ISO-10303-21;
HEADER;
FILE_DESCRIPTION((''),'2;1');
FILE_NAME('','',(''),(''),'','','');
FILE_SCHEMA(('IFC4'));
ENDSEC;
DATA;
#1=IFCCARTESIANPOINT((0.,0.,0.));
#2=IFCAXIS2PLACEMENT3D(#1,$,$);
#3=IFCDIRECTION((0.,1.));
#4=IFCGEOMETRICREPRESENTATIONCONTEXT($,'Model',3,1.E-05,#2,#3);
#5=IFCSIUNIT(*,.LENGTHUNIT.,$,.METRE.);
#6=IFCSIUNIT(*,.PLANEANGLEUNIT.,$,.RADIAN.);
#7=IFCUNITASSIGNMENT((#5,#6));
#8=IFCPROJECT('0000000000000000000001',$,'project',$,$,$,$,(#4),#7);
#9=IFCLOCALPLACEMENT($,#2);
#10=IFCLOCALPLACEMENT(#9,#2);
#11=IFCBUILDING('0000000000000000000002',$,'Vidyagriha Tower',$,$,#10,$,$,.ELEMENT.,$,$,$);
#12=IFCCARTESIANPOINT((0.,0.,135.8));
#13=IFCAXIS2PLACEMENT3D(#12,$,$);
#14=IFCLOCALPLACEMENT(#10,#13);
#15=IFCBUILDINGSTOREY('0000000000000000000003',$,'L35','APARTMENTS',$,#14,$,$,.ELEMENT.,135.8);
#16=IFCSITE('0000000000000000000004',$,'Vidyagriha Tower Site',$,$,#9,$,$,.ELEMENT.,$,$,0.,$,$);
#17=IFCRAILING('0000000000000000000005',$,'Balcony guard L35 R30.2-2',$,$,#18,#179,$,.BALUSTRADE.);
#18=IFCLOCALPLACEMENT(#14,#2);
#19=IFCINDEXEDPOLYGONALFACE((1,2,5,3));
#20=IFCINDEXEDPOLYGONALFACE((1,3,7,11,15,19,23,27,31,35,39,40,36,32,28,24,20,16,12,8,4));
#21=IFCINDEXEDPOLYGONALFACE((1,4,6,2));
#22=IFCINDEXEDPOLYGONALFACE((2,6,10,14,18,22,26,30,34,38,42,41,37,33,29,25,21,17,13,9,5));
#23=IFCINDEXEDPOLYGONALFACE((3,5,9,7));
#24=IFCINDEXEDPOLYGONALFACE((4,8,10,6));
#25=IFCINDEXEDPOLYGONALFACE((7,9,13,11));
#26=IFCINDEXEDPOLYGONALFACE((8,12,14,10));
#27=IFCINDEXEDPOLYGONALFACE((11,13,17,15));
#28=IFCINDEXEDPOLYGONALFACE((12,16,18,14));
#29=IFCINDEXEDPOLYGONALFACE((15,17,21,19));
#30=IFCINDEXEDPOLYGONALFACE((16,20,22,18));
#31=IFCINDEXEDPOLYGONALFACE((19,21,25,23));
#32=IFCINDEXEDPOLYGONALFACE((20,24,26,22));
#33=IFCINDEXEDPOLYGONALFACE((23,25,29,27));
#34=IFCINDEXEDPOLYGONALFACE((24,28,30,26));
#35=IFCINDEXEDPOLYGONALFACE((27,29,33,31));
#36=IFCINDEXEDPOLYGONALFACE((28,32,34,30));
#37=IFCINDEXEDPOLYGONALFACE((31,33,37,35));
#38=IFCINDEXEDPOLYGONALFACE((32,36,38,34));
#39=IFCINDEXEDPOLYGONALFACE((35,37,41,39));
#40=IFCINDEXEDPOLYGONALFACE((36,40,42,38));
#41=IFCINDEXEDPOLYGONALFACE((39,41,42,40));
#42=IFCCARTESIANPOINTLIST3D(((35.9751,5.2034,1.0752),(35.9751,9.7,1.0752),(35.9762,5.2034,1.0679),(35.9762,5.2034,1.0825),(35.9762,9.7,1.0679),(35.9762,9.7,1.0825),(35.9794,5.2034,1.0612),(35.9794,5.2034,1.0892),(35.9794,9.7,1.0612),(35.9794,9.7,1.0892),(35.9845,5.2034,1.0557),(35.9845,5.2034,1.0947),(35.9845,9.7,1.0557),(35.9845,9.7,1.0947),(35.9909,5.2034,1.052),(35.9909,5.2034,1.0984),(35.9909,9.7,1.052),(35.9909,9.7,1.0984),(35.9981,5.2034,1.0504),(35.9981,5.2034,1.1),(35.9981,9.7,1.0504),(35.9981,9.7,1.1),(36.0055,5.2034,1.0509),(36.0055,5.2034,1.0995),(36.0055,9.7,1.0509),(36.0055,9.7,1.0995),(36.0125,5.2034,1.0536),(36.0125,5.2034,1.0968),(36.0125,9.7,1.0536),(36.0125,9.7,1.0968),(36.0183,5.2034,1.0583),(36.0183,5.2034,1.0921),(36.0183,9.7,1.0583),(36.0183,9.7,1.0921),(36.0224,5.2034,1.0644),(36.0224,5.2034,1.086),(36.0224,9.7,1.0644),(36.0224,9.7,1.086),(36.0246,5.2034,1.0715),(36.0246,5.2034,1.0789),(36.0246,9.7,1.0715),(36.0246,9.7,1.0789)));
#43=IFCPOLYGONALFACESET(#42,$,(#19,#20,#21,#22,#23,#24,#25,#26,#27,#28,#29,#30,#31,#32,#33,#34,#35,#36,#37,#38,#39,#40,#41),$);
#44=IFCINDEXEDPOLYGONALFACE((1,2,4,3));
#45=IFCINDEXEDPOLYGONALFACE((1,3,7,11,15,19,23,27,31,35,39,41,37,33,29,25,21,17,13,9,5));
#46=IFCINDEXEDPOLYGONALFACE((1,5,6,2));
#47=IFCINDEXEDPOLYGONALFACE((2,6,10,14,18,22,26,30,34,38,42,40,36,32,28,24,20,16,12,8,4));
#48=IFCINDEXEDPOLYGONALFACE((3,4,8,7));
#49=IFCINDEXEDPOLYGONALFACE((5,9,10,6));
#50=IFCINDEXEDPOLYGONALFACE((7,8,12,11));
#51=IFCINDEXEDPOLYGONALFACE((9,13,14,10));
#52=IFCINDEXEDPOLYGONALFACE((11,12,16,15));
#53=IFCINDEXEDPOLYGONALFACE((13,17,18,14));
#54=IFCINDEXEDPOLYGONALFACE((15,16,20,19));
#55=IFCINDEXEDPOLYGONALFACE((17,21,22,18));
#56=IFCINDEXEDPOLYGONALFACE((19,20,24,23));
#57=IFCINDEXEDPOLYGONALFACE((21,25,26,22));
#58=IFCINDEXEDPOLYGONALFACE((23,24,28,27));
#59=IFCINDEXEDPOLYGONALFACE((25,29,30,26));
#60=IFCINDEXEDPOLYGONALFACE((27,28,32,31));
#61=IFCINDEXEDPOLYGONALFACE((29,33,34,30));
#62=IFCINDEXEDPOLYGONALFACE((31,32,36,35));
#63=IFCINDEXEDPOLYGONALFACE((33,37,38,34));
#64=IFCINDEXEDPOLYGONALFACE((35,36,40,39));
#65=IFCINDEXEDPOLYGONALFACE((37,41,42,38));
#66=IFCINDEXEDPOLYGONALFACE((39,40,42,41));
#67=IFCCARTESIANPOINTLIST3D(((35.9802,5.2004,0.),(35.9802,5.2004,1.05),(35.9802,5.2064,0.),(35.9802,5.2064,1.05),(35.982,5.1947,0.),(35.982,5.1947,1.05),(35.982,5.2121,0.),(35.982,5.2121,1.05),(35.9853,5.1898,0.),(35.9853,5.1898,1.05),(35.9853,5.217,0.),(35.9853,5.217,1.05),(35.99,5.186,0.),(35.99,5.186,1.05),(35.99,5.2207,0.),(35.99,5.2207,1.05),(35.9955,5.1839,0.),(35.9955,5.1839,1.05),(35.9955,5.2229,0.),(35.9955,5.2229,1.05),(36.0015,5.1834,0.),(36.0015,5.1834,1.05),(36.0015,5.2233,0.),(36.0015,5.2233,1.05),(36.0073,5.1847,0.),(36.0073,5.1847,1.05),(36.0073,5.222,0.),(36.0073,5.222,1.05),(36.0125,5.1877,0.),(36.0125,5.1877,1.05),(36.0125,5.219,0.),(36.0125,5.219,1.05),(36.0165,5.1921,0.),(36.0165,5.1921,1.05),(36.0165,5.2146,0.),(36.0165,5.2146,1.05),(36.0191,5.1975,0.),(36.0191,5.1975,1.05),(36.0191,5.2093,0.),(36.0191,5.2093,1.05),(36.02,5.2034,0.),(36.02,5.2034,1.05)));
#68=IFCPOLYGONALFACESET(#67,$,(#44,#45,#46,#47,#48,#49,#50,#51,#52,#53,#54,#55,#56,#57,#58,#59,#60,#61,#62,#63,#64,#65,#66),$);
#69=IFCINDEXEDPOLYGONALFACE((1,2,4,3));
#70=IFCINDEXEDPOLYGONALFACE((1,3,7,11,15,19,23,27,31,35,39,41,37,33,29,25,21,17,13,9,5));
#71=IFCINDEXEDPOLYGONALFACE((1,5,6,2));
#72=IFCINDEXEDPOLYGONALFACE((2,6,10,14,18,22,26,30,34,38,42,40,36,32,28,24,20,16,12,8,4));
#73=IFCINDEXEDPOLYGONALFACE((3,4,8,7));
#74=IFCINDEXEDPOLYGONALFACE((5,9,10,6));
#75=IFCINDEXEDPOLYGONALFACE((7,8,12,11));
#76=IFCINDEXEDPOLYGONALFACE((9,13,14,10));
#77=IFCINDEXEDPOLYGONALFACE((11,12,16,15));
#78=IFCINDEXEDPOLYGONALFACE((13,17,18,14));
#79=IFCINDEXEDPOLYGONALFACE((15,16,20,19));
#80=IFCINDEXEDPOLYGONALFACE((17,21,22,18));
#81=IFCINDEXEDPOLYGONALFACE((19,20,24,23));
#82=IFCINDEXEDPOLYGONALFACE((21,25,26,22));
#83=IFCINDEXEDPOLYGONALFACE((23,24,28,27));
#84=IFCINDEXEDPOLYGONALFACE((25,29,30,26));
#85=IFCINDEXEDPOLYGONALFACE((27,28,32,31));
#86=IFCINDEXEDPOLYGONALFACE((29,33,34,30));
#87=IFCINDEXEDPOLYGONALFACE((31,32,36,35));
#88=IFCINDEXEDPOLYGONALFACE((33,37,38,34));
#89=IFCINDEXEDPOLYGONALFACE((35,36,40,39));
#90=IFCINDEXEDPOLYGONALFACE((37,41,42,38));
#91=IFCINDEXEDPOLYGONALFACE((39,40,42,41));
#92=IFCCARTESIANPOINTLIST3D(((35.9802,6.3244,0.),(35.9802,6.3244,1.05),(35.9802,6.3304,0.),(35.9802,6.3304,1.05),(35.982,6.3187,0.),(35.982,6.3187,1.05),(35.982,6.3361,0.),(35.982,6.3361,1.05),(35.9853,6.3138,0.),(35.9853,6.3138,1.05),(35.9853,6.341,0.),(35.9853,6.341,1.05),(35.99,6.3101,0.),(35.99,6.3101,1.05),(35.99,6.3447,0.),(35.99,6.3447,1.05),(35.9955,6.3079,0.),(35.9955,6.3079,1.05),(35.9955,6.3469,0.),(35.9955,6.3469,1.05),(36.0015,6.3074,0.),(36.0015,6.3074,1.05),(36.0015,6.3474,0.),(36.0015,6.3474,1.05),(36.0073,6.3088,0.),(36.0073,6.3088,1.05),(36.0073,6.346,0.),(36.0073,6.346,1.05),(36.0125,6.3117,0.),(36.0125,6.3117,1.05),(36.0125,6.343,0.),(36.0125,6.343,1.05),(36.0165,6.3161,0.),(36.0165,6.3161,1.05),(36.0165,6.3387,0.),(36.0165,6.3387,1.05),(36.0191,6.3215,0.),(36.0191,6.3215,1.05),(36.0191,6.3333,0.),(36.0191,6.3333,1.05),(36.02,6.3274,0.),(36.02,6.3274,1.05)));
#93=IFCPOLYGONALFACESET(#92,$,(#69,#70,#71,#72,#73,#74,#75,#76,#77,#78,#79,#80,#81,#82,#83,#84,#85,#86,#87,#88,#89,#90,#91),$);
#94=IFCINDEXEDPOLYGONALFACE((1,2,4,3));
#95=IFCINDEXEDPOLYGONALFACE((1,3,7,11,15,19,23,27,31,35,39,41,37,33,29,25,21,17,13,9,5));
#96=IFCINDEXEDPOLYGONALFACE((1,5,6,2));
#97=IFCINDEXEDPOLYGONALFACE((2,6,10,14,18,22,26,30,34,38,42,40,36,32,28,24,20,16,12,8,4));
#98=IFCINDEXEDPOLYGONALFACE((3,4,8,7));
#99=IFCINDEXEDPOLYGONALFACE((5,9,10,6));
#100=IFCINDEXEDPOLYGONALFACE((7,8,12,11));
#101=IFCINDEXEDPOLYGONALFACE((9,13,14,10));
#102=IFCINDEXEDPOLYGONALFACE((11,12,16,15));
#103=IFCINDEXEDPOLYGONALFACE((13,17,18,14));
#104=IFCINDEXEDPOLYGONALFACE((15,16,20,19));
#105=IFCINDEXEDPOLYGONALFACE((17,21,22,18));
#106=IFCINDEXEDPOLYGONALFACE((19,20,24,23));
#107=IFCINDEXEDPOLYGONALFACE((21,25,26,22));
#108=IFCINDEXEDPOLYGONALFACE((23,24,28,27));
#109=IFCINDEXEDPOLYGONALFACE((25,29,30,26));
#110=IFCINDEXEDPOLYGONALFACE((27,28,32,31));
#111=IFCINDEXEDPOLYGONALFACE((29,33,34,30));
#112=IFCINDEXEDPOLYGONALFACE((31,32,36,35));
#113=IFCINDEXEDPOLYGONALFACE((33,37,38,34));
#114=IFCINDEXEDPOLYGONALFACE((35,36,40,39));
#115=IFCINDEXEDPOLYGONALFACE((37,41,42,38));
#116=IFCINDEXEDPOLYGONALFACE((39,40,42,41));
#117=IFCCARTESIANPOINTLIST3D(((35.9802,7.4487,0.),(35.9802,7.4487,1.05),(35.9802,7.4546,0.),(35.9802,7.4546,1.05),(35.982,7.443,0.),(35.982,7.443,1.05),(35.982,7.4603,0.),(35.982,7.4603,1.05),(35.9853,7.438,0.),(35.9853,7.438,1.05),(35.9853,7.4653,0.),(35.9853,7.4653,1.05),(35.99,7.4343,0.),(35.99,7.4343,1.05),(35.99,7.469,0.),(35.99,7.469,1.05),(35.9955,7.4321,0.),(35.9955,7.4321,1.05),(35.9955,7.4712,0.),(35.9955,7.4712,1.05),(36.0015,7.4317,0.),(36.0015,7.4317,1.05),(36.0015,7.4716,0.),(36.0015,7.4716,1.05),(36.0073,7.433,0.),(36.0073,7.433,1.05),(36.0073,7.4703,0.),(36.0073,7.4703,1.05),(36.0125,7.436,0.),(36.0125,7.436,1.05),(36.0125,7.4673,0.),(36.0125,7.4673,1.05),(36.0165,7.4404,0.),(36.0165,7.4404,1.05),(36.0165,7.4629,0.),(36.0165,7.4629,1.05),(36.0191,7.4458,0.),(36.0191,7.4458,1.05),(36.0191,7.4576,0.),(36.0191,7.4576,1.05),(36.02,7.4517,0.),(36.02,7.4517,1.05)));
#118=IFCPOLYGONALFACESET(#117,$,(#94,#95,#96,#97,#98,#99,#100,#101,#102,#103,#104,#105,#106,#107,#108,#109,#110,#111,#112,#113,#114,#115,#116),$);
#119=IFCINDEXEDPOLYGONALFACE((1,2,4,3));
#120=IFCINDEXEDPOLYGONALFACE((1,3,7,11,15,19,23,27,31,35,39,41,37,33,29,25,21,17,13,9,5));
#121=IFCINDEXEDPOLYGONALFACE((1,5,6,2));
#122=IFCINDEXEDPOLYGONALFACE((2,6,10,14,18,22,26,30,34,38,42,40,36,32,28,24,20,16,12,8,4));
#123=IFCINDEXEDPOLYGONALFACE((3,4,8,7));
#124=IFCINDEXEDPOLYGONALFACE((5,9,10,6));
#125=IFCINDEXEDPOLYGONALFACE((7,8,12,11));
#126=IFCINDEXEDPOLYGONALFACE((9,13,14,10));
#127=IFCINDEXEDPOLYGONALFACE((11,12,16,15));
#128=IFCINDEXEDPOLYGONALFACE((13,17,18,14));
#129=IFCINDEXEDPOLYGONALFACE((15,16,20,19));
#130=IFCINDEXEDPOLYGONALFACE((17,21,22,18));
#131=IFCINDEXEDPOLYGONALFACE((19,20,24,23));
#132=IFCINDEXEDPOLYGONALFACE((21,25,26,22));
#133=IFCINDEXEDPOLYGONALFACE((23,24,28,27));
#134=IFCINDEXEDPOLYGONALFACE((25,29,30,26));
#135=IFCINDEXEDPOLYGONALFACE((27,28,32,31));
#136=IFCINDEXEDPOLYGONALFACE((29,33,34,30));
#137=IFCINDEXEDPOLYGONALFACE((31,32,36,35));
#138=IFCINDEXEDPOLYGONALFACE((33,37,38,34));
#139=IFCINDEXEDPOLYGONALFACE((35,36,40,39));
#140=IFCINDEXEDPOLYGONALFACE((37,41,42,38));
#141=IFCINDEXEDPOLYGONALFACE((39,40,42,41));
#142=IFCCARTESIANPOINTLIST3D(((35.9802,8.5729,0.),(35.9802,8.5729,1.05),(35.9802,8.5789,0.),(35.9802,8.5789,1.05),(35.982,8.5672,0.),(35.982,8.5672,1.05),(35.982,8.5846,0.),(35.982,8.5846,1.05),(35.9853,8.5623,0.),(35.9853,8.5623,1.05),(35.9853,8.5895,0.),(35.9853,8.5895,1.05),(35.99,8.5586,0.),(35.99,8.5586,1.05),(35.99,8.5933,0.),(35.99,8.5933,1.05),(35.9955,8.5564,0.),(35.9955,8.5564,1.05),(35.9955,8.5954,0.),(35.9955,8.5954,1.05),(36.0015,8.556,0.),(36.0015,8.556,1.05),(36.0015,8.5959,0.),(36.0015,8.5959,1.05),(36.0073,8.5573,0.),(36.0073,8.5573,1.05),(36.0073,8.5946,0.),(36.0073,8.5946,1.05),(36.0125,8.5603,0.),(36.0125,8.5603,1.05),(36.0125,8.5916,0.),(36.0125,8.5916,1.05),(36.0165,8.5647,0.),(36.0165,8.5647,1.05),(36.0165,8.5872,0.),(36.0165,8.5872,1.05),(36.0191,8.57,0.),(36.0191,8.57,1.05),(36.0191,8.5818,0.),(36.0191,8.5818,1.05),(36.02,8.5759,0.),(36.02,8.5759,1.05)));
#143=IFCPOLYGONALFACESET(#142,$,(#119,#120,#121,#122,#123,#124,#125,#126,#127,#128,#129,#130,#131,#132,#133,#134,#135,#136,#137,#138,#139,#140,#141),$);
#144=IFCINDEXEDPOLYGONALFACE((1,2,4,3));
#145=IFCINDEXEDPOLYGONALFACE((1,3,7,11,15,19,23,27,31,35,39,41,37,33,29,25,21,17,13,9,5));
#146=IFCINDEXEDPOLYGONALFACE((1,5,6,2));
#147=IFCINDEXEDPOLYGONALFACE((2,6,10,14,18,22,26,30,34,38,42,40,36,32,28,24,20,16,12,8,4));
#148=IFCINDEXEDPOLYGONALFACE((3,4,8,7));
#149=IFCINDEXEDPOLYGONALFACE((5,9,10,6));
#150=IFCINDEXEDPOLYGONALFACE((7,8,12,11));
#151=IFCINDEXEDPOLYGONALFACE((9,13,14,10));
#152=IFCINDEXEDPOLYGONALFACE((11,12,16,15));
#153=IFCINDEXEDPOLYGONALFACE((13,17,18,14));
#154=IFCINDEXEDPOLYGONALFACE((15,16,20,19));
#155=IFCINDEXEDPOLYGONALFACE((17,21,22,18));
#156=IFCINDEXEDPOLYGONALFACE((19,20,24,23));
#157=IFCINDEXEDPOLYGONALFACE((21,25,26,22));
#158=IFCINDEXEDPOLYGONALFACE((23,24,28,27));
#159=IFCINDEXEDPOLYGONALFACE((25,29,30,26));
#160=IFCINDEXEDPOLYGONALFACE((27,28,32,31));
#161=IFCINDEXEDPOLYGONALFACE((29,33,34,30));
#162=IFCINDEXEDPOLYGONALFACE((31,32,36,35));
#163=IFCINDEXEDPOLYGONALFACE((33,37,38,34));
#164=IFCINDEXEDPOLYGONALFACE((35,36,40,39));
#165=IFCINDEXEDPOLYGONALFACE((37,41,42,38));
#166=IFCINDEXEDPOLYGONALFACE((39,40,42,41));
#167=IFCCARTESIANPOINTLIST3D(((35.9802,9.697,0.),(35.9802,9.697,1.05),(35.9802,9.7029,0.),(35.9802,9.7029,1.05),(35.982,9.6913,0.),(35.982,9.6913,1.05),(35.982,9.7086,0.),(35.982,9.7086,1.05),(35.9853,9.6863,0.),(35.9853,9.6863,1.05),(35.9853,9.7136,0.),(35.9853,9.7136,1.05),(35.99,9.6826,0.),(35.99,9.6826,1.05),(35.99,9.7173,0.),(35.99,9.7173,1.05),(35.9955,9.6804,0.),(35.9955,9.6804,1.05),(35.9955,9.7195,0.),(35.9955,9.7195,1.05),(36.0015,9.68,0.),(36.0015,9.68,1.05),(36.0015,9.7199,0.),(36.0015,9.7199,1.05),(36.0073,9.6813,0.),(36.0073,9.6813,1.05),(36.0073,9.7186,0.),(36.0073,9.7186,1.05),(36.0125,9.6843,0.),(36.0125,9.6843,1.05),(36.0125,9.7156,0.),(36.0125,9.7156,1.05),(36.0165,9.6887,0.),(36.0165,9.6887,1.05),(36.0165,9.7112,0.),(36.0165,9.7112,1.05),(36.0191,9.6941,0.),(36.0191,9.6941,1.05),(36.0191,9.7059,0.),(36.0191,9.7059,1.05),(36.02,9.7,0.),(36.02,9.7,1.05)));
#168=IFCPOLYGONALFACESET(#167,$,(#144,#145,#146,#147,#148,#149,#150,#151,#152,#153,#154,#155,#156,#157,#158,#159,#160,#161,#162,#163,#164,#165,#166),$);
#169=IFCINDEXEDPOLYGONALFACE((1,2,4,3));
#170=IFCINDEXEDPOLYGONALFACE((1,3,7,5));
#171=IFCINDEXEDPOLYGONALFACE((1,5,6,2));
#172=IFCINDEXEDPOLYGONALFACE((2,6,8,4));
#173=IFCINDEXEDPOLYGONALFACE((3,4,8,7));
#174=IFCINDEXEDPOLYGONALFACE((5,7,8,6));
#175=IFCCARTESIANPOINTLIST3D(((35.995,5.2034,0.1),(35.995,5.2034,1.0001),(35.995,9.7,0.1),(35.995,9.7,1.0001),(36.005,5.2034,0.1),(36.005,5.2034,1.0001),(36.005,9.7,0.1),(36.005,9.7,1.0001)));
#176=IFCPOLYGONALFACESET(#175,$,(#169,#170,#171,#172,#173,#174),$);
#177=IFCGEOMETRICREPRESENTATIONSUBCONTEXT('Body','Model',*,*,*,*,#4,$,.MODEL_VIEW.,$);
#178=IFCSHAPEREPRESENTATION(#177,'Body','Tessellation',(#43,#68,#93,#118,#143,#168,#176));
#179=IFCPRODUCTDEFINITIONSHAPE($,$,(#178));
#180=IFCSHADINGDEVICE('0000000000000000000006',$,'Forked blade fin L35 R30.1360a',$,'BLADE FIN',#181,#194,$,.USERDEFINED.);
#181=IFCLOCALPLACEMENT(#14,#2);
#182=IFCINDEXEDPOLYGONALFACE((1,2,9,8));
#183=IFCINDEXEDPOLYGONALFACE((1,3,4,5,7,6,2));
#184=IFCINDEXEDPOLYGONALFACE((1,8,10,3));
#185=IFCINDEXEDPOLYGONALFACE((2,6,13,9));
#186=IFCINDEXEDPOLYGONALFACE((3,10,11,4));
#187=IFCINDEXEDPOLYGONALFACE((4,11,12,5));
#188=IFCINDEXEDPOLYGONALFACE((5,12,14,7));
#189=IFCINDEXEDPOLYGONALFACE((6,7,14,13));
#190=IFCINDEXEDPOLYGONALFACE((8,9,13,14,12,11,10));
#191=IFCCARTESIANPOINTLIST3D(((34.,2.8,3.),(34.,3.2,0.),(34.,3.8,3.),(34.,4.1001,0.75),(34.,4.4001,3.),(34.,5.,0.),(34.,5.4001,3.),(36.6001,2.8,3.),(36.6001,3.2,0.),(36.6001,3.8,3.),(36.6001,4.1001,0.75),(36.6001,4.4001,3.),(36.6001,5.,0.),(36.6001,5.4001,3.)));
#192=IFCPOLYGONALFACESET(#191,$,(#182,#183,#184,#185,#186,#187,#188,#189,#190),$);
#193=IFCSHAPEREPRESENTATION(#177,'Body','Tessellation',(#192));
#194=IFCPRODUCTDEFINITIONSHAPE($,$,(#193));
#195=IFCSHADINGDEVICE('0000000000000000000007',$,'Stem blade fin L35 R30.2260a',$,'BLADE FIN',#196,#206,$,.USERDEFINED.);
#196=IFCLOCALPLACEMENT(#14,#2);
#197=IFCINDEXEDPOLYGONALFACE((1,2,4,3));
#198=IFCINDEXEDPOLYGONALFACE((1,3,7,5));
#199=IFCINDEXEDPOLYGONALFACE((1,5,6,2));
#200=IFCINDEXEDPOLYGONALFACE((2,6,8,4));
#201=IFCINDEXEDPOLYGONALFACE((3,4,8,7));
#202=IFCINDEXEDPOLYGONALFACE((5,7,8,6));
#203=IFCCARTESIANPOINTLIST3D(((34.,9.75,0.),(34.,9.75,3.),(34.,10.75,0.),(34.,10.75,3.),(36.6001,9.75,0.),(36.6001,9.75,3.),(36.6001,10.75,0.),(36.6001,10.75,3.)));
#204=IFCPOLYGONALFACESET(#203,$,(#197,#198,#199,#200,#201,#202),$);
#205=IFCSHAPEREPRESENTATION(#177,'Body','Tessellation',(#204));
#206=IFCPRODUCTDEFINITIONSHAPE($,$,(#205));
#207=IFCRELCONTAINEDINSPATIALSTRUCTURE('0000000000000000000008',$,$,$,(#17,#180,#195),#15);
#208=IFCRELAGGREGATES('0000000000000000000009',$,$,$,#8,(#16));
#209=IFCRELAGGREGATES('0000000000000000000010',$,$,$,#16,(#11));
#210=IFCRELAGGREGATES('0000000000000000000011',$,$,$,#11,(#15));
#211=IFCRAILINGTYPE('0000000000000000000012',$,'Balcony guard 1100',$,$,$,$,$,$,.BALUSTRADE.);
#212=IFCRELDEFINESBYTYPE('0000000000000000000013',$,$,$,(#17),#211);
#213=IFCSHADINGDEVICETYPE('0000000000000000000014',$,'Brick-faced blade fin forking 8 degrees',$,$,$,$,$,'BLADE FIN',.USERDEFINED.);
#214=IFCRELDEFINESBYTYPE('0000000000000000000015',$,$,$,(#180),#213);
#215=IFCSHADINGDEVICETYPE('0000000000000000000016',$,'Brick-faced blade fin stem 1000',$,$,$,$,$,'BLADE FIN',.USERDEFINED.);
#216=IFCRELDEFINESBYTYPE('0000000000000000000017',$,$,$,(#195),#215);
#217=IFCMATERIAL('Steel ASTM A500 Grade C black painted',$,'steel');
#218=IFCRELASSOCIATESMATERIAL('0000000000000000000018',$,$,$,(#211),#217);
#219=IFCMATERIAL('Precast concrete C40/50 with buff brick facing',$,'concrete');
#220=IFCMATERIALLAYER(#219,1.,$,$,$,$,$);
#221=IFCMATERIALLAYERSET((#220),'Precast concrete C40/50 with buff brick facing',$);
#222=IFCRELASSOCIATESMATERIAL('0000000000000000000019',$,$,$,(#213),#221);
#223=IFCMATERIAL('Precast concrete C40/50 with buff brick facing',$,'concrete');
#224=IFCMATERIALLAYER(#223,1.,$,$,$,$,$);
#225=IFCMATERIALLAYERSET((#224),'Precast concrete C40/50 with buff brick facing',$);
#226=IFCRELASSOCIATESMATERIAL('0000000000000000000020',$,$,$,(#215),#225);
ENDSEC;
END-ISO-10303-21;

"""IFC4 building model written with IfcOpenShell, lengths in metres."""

from ifc_helpers import new_model, si_unit, direction, frame, origin, origin_2d, place, context, subcontext, project, spatial, polyline, rectangle, circle, outline, extrude, material, layer, layer_set, type_object, element, save


model = new_model("IFC4")

# Units and contexts
model_context = context("Model", 3, precision=1e-05, world=origin(), true_north=direction((0.0, 1.0)))
body_context = subcontext(model_context, "Body", "Model", "MODEL_VIEW")
ifc_project = project(units=[si_unit("LENGTHUNIT", "METRE"), si_unit("PLANEANGLEUNIT", "RADIAN")], contexts=[model_context])

# Site, building, storey
site_placement = place(None, origin())
site = spatial("IfcSite", under=ifc_project, at=site_placement, Name="Vidyagriha Tower Site", CompositionType="ELEMENT", RefElevation=0.0)
building_placement = place(site_placement, origin())
building = spatial("IfcBuilding", under=site, at=building_placement, Name="Vidyagriha Tower", CompositionType="ELEMENT")
storey_placement = place(building_placement, frame((0.0, 0.0, 135.8)))
storey = spatial("IfcBuildingStorey", under=building, at=storey_placement, Name="L35", Description="APARTMENTS", CompositionType="ELEMENT", Elevation=135.8)

# Railing
ifc_material_1 = material(Name="Steel ASTM A500 Grade C black painted", Category="steel")
railing_type_1 = type_object("IfcRailingType", Name="Balcony guard 1100", PredefinedType="BALUSTRADE", material=ifc_material_1)
railing_1_placement = place(storey_placement, frame((36.0, 5.2034, 0.0)))
element("IfcRailing", 1, at=railing_1_placement, inside=storey, type_object=railing_type_1, Name="Balcony guard L35 R30.2-2", PredefinedType="BALUSTRADE", context=body_context, shape_type="SweptSolid", body=[
    extrude(circle(Radius=0.0249, at=origin_2d()), frame((0.0, 0.0, 1.0752), z_axis=(0.0, 1.0, 0.0), x_axis=(-1.0, 0.0, 0.0)), (0.0, 0.0, 1.0), 4.4966),
    extrude(circle(Radius=0.02, at=origin_2d()), origin(), (0.0, 0.0, 1.0), 1.05),
    extrude(circle(Radius=0.02, at=origin_2d()), frame((0.0, 1.124, 0.0)), (0.0, 0.0, 1.0), 1.05),
    extrude(circle(Radius=0.02, at=origin_2d()), frame((0.0, 2.2483, 0.0)), (0.0, 0.0, 1.0), 1.05),
    extrude(circle(Radius=0.02, at=origin_2d()), frame((0.0, 3.3726, 0.0)), (0.0, 0.0, 1.0), 1.05),
    extrude(circle(Radius=0.02, at=origin_2d()), frame((0.0, 4.4966, 0.0)), (0.0, 0.0, 1.0), 1.05),
    extrude(rectangle(XDim=0.01, YDim=0.9001, at=origin_2d()), frame((0.0, 0.0, 0.55), z_axis=(0.0, 1.0, 0.0), x_axis=(-1.0, 0.0, 0.0)), (0.0, 0.0, 1.0), 4.4966),
])

# Shading devices
ifc_material_2 = material(Name="Precast concrete C40/50 with buff brick facing", Category="concrete")
ifc_layer_1 = layer(ifc_material_2, 1.0)
ifc_layer_set_1 = layer_set([ifc_layer_1], Name="Precast concrete C40/50 with buff brick facing")
shading_device_type_1 = type_object("IfcShadingDeviceType", Name="Brick-faced blade fin forking 8 degrees", ElementType="BLADE FIN", PredefinedType="USERDEFINED", material=ifc_layer_set_1)
shading_device_1_placement = place(storey_placement, frame((35.3, 2.8, 0.0), z_axis=(0.0, 0.0, 1.0), x_axis=(0.0, 1.0, 0.0)))
element("IfcShadingDevice", 2, at=shading_device_1_placement, inside=storey, type_object=shading_device_type_1, Name="Forked blade fin L35 R30.1360a", ObjectType="BLADE FIN", PredefinedType="USERDEFINED", context=body_context, shape_type="SweptSolid", body=[
    extrude(outline(polyline([(0.3999, 0.0), (2.2, 0.0), (2.6001, 3.0), (1.6001, 3.0), (1.3, 0.75), (1.0, 3.0), (0.0, 3.0), (0.3999, 0.0)])), frame((0.0, 1.3, 0.0), z_axis=(0.0, -1.0, 0.0), x_axis=(1.0, 0.0, 0.0)), (0.0, 0.0, 1.0), 2.6001),
])
ifc_material_3 = material(Name="Precast concrete C40/50 with buff brick facing", Category="concrete")
ifc_layer_2 = layer(ifc_material_3, 1.0)
ifc_layer_set_2 = layer_set([ifc_layer_2], Name="Precast concrete C40/50 with buff brick facing")
shading_device_type_2 = type_object("IfcShadingDeviceType", Name="Brick-faced blade fin stem 1000", ElementType="BLADE FIN", PredefinedType="USERDEFINED", material=ifc_layer_set_2)
shading_device_2_placement = place(storey_placement, frame((35.3, 9.75, 0.0), z_axis=(0.0, 0.0, 1.0), x_axis=(0.0, 1.0, 0.0)))
element("IfcShadingDevice", 3, at=shading_device_2_placement, inside=storey, type_object=shading_device_type_2, Name="Stem blade fin L35 R30.2260a", ObjectType="BLADE FIN", PredefinedType="USERDEFINED", context=body_context, shape_type="SweptSolid", body=[
    extrude(outline(polyline([(0.0, 0.0), (1.0, 0.0), (1.0, 3.0), (0.0, 3.0), (0.0, 0.0)])), frame((0.0, 1.3, 0.0), z_axis=(0.0, -1.0, 0.0), x_axis=(1.0, 0.0, 0.0)), (0.0, 0.0, 1.0), 2.6001),
])

save(model, "model.ifc")
